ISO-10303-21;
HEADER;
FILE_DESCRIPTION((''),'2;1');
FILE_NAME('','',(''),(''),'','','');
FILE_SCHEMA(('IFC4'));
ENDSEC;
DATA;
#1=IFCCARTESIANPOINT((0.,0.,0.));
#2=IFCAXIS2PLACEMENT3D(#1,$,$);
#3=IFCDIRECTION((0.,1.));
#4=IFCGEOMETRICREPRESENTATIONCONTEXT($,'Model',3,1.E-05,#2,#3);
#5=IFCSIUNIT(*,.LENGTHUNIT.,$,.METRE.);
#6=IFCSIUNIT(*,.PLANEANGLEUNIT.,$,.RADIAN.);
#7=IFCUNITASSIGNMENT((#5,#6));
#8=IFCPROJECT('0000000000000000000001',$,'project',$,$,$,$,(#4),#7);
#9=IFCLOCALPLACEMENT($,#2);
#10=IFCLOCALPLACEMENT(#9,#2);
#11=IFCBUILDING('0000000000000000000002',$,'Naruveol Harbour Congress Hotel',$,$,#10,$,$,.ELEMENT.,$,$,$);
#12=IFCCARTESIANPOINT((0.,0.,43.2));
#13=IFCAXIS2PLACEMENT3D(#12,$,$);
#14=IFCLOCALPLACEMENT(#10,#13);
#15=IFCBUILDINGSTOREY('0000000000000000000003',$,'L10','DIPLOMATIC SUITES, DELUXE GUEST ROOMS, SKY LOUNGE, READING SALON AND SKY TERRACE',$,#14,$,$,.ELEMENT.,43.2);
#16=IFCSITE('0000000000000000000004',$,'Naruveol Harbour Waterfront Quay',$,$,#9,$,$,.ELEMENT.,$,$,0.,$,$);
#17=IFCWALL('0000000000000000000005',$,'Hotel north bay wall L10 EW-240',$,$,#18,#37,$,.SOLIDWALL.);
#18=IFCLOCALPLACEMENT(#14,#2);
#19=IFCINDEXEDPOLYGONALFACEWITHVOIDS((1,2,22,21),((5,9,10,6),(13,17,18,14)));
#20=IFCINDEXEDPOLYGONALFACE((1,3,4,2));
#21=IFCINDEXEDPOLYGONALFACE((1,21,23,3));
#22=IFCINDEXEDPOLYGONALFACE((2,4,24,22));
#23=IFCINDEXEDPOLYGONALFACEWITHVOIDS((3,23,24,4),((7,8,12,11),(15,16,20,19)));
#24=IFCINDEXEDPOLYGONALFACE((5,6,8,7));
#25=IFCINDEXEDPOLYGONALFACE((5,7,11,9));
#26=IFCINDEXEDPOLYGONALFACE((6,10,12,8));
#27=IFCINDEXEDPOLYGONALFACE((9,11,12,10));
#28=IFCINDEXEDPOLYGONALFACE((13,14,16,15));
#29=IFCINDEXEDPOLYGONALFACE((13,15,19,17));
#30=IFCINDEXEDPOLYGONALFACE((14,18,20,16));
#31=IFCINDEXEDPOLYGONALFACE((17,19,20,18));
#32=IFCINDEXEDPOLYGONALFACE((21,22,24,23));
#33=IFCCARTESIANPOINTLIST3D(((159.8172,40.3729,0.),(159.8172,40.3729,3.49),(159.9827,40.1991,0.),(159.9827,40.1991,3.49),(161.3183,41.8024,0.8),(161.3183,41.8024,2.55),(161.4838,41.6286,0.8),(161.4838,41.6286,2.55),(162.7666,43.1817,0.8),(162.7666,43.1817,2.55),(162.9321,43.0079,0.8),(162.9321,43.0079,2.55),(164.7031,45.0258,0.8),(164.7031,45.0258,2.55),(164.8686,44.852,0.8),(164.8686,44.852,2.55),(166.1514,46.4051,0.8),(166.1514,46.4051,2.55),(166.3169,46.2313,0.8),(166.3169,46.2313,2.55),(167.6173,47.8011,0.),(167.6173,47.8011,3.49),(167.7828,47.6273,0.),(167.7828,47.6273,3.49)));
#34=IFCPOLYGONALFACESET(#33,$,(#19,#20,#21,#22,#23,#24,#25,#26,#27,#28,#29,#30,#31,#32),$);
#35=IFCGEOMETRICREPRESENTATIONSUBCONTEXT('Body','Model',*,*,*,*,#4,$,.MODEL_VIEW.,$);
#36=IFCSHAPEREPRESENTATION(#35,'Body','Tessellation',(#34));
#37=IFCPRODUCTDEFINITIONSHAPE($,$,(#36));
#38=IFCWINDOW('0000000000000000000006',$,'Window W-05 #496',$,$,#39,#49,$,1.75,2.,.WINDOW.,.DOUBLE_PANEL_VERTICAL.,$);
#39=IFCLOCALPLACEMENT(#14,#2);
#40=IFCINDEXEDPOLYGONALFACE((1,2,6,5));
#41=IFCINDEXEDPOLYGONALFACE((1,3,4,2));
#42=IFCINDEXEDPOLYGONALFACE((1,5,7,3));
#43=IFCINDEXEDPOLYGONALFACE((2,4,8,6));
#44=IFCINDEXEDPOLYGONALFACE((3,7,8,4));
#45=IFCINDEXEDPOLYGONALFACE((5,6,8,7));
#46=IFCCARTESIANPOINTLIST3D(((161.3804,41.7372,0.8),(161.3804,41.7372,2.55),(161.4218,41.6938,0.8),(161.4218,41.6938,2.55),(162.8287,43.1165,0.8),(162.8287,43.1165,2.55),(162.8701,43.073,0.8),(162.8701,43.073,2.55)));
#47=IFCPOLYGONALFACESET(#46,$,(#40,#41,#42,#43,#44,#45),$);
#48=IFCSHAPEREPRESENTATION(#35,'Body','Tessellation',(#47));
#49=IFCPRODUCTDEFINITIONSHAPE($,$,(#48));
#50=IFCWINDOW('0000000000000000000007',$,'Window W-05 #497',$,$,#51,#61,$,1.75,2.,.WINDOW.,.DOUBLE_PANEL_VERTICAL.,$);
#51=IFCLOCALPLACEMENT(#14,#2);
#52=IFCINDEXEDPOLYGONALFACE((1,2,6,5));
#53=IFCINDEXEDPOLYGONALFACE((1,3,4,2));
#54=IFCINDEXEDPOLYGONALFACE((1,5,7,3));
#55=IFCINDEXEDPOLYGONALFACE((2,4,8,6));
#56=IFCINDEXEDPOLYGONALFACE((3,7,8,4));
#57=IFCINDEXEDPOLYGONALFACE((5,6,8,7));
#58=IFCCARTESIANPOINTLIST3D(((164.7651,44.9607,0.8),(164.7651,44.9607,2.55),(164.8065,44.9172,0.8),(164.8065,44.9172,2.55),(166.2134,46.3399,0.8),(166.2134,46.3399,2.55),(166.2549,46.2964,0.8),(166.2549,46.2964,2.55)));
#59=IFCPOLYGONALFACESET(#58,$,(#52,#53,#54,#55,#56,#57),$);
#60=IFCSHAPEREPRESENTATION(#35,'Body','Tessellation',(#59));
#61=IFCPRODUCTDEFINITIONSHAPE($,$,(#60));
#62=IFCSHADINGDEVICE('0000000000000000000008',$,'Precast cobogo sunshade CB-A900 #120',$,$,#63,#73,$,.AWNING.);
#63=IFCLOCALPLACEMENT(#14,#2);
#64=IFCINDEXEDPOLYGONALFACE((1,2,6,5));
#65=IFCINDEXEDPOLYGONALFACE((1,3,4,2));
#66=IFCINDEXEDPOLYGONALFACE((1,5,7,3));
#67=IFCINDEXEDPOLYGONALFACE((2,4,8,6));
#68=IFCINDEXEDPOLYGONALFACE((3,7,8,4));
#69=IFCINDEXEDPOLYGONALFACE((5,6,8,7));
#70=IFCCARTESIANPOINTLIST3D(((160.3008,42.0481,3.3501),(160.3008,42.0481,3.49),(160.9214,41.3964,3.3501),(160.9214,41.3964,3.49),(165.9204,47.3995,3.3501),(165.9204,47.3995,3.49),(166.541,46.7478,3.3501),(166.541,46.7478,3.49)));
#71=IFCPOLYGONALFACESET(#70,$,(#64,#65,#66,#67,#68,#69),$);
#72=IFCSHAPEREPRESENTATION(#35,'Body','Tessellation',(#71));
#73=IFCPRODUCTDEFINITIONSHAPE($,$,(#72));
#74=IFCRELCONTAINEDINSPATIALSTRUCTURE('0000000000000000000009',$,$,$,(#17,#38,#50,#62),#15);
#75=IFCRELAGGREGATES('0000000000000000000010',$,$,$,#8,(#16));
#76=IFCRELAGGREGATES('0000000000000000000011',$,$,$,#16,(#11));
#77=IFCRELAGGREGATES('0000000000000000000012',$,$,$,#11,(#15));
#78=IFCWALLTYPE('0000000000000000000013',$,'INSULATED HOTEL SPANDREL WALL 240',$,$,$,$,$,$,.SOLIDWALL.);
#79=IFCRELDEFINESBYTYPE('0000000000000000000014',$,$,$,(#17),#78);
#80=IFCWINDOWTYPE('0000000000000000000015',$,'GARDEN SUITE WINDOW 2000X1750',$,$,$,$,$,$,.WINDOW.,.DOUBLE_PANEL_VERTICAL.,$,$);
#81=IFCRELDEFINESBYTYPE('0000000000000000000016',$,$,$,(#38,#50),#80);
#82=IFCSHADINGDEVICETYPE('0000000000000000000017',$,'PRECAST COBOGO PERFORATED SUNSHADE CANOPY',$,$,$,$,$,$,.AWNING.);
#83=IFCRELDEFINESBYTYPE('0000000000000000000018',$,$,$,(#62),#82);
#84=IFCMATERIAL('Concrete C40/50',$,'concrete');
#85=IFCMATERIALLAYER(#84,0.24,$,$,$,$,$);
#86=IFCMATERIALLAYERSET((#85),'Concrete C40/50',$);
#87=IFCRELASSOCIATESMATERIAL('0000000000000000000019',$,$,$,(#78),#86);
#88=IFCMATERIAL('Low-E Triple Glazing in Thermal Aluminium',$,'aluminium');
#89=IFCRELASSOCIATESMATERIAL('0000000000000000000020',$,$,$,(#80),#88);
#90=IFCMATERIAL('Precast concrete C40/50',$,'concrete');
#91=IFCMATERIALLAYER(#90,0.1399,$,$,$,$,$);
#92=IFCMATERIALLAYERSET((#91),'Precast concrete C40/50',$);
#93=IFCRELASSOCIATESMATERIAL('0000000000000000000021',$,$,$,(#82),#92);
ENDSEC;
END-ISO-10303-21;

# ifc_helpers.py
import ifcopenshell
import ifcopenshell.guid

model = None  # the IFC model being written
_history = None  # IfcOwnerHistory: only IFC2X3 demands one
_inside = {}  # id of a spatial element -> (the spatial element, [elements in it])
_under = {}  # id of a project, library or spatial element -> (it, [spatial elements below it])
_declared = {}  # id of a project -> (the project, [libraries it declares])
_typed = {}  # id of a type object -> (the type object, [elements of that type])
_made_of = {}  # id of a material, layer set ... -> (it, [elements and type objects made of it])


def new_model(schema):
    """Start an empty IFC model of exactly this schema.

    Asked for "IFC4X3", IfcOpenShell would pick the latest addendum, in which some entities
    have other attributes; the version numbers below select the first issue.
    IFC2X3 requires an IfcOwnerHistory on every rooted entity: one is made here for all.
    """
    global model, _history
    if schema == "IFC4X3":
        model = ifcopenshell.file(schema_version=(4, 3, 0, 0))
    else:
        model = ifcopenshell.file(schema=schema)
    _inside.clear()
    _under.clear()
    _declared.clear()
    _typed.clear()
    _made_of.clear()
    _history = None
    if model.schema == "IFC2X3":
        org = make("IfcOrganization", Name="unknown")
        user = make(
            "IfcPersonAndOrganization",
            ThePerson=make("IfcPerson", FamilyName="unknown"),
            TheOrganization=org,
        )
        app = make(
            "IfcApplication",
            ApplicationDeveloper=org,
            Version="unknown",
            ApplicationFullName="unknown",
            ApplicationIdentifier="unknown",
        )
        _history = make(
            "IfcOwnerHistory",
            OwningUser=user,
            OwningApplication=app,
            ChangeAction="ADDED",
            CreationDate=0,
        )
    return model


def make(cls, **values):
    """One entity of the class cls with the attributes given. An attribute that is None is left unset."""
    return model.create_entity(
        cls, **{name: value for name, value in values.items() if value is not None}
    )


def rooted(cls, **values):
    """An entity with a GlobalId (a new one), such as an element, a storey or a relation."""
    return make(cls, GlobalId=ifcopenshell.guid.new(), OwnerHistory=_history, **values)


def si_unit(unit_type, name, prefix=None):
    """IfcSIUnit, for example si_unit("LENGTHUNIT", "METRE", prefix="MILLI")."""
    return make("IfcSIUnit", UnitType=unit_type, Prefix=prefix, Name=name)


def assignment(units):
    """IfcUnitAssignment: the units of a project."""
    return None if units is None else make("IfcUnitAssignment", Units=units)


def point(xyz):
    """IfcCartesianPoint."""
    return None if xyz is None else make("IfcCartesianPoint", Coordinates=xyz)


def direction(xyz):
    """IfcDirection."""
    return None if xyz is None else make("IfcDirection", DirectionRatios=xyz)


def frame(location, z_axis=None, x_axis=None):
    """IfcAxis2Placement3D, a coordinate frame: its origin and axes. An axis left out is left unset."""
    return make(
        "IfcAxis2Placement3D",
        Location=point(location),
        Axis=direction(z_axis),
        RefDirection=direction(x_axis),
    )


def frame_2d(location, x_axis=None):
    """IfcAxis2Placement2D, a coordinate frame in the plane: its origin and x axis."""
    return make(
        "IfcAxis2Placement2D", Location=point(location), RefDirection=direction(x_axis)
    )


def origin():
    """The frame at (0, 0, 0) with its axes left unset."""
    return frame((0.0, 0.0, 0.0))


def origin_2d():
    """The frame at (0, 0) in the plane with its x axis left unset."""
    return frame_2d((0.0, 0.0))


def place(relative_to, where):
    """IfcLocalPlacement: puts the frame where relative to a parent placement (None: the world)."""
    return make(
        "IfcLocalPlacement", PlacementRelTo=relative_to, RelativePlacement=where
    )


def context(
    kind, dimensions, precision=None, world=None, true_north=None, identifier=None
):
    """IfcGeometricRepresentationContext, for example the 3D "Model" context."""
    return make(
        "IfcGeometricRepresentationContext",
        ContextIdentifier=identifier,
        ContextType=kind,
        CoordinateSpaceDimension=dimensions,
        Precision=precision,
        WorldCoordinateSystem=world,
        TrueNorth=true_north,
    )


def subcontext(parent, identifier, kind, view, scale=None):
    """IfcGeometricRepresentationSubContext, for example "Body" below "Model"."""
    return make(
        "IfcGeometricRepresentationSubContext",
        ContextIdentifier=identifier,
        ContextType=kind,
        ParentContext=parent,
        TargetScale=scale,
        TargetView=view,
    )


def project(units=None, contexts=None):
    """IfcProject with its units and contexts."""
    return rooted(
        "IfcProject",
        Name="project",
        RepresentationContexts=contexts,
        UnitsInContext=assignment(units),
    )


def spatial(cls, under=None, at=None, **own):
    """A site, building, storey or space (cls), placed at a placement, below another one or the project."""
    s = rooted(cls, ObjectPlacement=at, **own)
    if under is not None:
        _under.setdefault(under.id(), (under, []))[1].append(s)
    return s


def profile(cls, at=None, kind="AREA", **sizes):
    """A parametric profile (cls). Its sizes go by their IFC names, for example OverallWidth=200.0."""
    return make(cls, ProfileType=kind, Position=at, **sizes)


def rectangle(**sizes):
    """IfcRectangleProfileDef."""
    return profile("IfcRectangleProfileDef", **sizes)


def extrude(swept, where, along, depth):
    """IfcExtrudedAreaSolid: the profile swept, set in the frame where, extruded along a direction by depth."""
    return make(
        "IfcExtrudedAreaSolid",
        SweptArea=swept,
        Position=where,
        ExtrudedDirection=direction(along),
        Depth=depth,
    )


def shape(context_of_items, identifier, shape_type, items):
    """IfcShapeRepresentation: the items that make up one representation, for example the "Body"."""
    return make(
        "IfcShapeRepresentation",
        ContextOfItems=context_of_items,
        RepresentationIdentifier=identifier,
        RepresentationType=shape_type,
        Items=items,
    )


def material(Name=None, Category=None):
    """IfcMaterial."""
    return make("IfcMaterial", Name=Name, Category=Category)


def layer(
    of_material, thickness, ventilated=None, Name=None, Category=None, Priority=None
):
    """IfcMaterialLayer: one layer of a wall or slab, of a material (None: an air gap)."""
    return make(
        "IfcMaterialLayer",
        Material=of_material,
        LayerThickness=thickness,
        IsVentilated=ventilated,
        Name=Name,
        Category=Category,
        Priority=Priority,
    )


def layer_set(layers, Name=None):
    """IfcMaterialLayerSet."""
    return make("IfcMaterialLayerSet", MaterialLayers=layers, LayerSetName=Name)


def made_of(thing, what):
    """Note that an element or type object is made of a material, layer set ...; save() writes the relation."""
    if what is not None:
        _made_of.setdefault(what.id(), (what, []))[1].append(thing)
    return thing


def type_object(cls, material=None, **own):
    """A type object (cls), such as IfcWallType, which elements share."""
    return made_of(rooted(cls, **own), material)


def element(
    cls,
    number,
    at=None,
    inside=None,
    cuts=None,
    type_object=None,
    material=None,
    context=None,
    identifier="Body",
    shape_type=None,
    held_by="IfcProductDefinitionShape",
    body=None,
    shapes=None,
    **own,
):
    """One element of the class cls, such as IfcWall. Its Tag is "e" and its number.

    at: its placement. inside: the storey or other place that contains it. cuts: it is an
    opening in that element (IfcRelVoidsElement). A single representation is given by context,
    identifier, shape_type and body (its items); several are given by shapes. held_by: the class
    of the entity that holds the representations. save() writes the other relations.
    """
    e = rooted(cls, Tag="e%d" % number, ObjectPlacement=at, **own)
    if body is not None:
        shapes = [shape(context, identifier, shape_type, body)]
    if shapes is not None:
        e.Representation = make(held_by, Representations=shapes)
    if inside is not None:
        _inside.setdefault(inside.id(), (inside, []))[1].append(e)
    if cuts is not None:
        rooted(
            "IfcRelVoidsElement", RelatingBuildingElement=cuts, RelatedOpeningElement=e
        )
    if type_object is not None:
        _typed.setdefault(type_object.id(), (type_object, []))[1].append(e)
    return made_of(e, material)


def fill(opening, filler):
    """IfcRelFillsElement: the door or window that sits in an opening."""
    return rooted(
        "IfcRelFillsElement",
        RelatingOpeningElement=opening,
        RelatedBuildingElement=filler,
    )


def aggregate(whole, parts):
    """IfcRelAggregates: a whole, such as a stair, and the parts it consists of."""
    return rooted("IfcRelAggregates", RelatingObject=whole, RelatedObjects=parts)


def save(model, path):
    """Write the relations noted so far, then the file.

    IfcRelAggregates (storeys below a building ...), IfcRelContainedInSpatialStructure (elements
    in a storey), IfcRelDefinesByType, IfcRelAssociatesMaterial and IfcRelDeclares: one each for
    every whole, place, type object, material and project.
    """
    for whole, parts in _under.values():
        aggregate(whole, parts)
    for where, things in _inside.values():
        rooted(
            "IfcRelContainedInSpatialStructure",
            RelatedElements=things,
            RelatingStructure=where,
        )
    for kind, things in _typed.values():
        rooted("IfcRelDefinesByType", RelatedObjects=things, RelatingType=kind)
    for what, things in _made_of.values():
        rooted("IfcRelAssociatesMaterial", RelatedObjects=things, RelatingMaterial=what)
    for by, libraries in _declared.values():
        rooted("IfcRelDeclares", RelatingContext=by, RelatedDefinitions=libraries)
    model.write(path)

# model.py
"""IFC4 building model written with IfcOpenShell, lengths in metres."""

from ifc_helpers import new_model, si_unit, direction, frame, frame_2d, origin, origin_2d, place, context, subcontext, project, spatial, rectangle, extrude, material, layer, layer_set, type_object, element, fill, save


model = new_model("IFC4")

# Units and contexts
model_context = context("Model", 3, precision=1e-05, world=origin(), true_north=direction((0.0, 1.0)))
body_context = subcontext(model_context, "Body", "Model", "MODEL_VIEW")
ifc_project = project(units=[si_unit("LENGTHUNIT", "METRE"), si_unit("PLANEANGLEUNIT", "RADIAN")], contexts=[model_context])

# Site, building, storey
site_placement = place(None, origin())
site = spatial("IfcSite", under=ifc_project, at=site_placement, Name="Naruveol Harbour Waterfront Quay", CompositionType="ELEMENT", RefElevation=0.0)
building_placement = place(site_placement, origin())
building = spatial("IfcBuilding", under=site, at=building_placement, Name="Naruveol Harbour Congress Hotel", CompositionType="ELEMENT")
storey_placement = place(building_placement, frame((0.0, 0.0, 43.2)))
storey = spatial("IfcBuildingStorey", under=building, at=storey_placement, Name="L10", Description="DIPLOMATIC SUITES, DELUXE GUEST ROOMS, SKY LOUNGE, READING SALON AND SKY TERRACE", CompositionType="ELEMENT", Elevation=43.2)

# Wall, openings, windows
ifc_material_1 = material(Name="Concrete C40/50", Category="concrete")
ifc_layer_1 = layer(ifc_material_1, 0.24)
ifc_layer_set_1 = layer_set([ifc_layer_1], Name="Concrete C40/50")
wall_type_1 = type_object("IfcWallType", Name="INSULATED HOTEL SPANDREL WALL 240", PredefinedType="SOLIDWALL", material=ifc_layer_set_1)
wall_1_placement = place(storey_placement, frame((159.8999, 40.2859, 0.0), z_axis=(0.0, 0.0, 1.0), x_axis=(0.724156, 0.689636, 0.0)))
wall_1 = element("IfcWall", 1, at=wall_1_placement, inside=storey, type_object=wall_type_1, Name="Hotel north bay wall L10 EW-240", PredefinedType="SOLIDWALL", context=body_context, shape_type="SweptSolid", body=[
    extrude(rectangle(XDim=10.7712, YDim=0.24, at=frame_2d((5.3857, 0.0))), origin(), (0.0, 0.0, 1.0), 3.49),
])
opening_1_placement = place(wall_1_placement, frame((2.073, 0.0, 0.8)))
opening_1 = element("IfcOpeningElement", 2, at=opening_1_placement, cuts=wall_1, PredefinedType="OPENING", context=body_context, shape_type="SweptSolid", body=[
    extrude(rectangle(XDim=2.0, YDim=1.75, at=frame_2d((1.0, 0.875))), frame((0.0, 0.1299, 0.0), z_axis=(0.0, -1.0, 0.0), x_axis=(1.0, 0.0, 0.0)), (0.0, 0.0, 1.0), 0.26),
])
opening_2_placement = place(wall_1_placement, frame((6.7471, 0.0, 0.8)))
opening_2 = element("IfcOpeningElement", 3, at=opening_2_placement, cuts=wall_1, PredefinedType="OPENING", context=body_context, shape_type="SweptSolid", body=[
    extrude(rectangle(XDim=2.0, YDim=1.75, at=frame_2d((1.0, 0.875))), frame((0.0, 0.1299, 0.0), z_axis=(0.0, -1.0, 0.0), x_axis=(1.0, 0.0, 0.0)), (0.0, 0.0, 1.0), 0.26),
])
ifc_material_2 = material(Name="Low-E Triple Glazing in Thermal Aluminium", Category="aluminium")
window_type_1 = type_object("IfcWindowType", Name="GARDEN SUITE WINDOW 2000X1750", PartitioningType="DOUBLE_PANEL_VERTICAL", PredefinedType="WINDOW", material=ifc_material_2)
window_1_placement = place(opening_1_placement, origin())
window_1 = element("IfcWindow", 4, at=window_1_placement, inside=storey, type_object=window_type_1, Name="Window W-05 #496", OverallHeight=1.75, OverallWidth=2.0, PartitioningType="DOUBLE_PANEL_VERTICAL", PredefinedType="WINDOW", context=body_context, shape_type="SweptSolid", body=[
    extrude(rectangle(XDim=2.0, YDim=1.75, at=frame_2d((1.0, 0.875))), frame((0.0, 0.03, 0.0), z_axis=(0.0, -1.0, 0.0), x_axis=(1.0, 0.0, 0.0)), (0.0, 0.0, 1.0), 0.0601),
])
fill(opening_1, window_1)
window_2_placement = place(opening_2_placement, origin())
window_2 = element("IfcWindow", 5, at=window_2_placement, inside=storey, type_object=window_type_1, Name="Window W-05 #497", OverallHeight=1.75, OverallWidth=2.0, PartitioningType="DOUBLE_PANEL_VERTICAL", PredefinedType="WINDOW", context=body_context, shape_type="SweptSolid", body=[
    extrude(rectangle(XDim=2.0, YDim=1.75, at=frame_2d((1.0, 0.875))), frame((0.0, 0.03, 0.0), z_axis=(0.0, -1.0, 0.0), x_axis=(1.0, 0.0, 0.0)), (0.0, 0.0, 1.0), 0.0601),
])
fill(opening_2, window_2)

# Shading device
ifc_material_3 = material(Name="Precast concrete C40/50", Category="concrete")
ifc_layer_2 = layer(ifc_material_3, 0.1399)
ifc_layer_set_2 = layer_set([ifc_layer_2], Name="Precast concrete C40/50")
shading_device_type = type_object("IfcShadingDeviceType", Name="PRECAST COBOGO PERFORATED SUNSHADE CANOPY", PredefinedType="AWNING", material=ifc_layer_set_2)
shading_device_placement = place(storey_placement, frame((163.4209, 44.3979, 3.3501), z_axis=(0.0, 0.0, 1.0), x_axis=(0.724172, 0.68962, 0.0)))
element("IfcShadingDevice", 6, at=shading_device_placement, inside=storey, type_object=shading_device_type, Name="Precast cobogo sunshade CB-A900 #120", PredefinedType="AWNING", context=body_context, shape_type="SweptSolid", body=[
    extrude(rectangle(XDim=7.76, YDim=0.8999, at=origin_2d()), origin(), (0.0, 0.0, 1.0), 0.1399),
])

save(model, "model.ifc")
